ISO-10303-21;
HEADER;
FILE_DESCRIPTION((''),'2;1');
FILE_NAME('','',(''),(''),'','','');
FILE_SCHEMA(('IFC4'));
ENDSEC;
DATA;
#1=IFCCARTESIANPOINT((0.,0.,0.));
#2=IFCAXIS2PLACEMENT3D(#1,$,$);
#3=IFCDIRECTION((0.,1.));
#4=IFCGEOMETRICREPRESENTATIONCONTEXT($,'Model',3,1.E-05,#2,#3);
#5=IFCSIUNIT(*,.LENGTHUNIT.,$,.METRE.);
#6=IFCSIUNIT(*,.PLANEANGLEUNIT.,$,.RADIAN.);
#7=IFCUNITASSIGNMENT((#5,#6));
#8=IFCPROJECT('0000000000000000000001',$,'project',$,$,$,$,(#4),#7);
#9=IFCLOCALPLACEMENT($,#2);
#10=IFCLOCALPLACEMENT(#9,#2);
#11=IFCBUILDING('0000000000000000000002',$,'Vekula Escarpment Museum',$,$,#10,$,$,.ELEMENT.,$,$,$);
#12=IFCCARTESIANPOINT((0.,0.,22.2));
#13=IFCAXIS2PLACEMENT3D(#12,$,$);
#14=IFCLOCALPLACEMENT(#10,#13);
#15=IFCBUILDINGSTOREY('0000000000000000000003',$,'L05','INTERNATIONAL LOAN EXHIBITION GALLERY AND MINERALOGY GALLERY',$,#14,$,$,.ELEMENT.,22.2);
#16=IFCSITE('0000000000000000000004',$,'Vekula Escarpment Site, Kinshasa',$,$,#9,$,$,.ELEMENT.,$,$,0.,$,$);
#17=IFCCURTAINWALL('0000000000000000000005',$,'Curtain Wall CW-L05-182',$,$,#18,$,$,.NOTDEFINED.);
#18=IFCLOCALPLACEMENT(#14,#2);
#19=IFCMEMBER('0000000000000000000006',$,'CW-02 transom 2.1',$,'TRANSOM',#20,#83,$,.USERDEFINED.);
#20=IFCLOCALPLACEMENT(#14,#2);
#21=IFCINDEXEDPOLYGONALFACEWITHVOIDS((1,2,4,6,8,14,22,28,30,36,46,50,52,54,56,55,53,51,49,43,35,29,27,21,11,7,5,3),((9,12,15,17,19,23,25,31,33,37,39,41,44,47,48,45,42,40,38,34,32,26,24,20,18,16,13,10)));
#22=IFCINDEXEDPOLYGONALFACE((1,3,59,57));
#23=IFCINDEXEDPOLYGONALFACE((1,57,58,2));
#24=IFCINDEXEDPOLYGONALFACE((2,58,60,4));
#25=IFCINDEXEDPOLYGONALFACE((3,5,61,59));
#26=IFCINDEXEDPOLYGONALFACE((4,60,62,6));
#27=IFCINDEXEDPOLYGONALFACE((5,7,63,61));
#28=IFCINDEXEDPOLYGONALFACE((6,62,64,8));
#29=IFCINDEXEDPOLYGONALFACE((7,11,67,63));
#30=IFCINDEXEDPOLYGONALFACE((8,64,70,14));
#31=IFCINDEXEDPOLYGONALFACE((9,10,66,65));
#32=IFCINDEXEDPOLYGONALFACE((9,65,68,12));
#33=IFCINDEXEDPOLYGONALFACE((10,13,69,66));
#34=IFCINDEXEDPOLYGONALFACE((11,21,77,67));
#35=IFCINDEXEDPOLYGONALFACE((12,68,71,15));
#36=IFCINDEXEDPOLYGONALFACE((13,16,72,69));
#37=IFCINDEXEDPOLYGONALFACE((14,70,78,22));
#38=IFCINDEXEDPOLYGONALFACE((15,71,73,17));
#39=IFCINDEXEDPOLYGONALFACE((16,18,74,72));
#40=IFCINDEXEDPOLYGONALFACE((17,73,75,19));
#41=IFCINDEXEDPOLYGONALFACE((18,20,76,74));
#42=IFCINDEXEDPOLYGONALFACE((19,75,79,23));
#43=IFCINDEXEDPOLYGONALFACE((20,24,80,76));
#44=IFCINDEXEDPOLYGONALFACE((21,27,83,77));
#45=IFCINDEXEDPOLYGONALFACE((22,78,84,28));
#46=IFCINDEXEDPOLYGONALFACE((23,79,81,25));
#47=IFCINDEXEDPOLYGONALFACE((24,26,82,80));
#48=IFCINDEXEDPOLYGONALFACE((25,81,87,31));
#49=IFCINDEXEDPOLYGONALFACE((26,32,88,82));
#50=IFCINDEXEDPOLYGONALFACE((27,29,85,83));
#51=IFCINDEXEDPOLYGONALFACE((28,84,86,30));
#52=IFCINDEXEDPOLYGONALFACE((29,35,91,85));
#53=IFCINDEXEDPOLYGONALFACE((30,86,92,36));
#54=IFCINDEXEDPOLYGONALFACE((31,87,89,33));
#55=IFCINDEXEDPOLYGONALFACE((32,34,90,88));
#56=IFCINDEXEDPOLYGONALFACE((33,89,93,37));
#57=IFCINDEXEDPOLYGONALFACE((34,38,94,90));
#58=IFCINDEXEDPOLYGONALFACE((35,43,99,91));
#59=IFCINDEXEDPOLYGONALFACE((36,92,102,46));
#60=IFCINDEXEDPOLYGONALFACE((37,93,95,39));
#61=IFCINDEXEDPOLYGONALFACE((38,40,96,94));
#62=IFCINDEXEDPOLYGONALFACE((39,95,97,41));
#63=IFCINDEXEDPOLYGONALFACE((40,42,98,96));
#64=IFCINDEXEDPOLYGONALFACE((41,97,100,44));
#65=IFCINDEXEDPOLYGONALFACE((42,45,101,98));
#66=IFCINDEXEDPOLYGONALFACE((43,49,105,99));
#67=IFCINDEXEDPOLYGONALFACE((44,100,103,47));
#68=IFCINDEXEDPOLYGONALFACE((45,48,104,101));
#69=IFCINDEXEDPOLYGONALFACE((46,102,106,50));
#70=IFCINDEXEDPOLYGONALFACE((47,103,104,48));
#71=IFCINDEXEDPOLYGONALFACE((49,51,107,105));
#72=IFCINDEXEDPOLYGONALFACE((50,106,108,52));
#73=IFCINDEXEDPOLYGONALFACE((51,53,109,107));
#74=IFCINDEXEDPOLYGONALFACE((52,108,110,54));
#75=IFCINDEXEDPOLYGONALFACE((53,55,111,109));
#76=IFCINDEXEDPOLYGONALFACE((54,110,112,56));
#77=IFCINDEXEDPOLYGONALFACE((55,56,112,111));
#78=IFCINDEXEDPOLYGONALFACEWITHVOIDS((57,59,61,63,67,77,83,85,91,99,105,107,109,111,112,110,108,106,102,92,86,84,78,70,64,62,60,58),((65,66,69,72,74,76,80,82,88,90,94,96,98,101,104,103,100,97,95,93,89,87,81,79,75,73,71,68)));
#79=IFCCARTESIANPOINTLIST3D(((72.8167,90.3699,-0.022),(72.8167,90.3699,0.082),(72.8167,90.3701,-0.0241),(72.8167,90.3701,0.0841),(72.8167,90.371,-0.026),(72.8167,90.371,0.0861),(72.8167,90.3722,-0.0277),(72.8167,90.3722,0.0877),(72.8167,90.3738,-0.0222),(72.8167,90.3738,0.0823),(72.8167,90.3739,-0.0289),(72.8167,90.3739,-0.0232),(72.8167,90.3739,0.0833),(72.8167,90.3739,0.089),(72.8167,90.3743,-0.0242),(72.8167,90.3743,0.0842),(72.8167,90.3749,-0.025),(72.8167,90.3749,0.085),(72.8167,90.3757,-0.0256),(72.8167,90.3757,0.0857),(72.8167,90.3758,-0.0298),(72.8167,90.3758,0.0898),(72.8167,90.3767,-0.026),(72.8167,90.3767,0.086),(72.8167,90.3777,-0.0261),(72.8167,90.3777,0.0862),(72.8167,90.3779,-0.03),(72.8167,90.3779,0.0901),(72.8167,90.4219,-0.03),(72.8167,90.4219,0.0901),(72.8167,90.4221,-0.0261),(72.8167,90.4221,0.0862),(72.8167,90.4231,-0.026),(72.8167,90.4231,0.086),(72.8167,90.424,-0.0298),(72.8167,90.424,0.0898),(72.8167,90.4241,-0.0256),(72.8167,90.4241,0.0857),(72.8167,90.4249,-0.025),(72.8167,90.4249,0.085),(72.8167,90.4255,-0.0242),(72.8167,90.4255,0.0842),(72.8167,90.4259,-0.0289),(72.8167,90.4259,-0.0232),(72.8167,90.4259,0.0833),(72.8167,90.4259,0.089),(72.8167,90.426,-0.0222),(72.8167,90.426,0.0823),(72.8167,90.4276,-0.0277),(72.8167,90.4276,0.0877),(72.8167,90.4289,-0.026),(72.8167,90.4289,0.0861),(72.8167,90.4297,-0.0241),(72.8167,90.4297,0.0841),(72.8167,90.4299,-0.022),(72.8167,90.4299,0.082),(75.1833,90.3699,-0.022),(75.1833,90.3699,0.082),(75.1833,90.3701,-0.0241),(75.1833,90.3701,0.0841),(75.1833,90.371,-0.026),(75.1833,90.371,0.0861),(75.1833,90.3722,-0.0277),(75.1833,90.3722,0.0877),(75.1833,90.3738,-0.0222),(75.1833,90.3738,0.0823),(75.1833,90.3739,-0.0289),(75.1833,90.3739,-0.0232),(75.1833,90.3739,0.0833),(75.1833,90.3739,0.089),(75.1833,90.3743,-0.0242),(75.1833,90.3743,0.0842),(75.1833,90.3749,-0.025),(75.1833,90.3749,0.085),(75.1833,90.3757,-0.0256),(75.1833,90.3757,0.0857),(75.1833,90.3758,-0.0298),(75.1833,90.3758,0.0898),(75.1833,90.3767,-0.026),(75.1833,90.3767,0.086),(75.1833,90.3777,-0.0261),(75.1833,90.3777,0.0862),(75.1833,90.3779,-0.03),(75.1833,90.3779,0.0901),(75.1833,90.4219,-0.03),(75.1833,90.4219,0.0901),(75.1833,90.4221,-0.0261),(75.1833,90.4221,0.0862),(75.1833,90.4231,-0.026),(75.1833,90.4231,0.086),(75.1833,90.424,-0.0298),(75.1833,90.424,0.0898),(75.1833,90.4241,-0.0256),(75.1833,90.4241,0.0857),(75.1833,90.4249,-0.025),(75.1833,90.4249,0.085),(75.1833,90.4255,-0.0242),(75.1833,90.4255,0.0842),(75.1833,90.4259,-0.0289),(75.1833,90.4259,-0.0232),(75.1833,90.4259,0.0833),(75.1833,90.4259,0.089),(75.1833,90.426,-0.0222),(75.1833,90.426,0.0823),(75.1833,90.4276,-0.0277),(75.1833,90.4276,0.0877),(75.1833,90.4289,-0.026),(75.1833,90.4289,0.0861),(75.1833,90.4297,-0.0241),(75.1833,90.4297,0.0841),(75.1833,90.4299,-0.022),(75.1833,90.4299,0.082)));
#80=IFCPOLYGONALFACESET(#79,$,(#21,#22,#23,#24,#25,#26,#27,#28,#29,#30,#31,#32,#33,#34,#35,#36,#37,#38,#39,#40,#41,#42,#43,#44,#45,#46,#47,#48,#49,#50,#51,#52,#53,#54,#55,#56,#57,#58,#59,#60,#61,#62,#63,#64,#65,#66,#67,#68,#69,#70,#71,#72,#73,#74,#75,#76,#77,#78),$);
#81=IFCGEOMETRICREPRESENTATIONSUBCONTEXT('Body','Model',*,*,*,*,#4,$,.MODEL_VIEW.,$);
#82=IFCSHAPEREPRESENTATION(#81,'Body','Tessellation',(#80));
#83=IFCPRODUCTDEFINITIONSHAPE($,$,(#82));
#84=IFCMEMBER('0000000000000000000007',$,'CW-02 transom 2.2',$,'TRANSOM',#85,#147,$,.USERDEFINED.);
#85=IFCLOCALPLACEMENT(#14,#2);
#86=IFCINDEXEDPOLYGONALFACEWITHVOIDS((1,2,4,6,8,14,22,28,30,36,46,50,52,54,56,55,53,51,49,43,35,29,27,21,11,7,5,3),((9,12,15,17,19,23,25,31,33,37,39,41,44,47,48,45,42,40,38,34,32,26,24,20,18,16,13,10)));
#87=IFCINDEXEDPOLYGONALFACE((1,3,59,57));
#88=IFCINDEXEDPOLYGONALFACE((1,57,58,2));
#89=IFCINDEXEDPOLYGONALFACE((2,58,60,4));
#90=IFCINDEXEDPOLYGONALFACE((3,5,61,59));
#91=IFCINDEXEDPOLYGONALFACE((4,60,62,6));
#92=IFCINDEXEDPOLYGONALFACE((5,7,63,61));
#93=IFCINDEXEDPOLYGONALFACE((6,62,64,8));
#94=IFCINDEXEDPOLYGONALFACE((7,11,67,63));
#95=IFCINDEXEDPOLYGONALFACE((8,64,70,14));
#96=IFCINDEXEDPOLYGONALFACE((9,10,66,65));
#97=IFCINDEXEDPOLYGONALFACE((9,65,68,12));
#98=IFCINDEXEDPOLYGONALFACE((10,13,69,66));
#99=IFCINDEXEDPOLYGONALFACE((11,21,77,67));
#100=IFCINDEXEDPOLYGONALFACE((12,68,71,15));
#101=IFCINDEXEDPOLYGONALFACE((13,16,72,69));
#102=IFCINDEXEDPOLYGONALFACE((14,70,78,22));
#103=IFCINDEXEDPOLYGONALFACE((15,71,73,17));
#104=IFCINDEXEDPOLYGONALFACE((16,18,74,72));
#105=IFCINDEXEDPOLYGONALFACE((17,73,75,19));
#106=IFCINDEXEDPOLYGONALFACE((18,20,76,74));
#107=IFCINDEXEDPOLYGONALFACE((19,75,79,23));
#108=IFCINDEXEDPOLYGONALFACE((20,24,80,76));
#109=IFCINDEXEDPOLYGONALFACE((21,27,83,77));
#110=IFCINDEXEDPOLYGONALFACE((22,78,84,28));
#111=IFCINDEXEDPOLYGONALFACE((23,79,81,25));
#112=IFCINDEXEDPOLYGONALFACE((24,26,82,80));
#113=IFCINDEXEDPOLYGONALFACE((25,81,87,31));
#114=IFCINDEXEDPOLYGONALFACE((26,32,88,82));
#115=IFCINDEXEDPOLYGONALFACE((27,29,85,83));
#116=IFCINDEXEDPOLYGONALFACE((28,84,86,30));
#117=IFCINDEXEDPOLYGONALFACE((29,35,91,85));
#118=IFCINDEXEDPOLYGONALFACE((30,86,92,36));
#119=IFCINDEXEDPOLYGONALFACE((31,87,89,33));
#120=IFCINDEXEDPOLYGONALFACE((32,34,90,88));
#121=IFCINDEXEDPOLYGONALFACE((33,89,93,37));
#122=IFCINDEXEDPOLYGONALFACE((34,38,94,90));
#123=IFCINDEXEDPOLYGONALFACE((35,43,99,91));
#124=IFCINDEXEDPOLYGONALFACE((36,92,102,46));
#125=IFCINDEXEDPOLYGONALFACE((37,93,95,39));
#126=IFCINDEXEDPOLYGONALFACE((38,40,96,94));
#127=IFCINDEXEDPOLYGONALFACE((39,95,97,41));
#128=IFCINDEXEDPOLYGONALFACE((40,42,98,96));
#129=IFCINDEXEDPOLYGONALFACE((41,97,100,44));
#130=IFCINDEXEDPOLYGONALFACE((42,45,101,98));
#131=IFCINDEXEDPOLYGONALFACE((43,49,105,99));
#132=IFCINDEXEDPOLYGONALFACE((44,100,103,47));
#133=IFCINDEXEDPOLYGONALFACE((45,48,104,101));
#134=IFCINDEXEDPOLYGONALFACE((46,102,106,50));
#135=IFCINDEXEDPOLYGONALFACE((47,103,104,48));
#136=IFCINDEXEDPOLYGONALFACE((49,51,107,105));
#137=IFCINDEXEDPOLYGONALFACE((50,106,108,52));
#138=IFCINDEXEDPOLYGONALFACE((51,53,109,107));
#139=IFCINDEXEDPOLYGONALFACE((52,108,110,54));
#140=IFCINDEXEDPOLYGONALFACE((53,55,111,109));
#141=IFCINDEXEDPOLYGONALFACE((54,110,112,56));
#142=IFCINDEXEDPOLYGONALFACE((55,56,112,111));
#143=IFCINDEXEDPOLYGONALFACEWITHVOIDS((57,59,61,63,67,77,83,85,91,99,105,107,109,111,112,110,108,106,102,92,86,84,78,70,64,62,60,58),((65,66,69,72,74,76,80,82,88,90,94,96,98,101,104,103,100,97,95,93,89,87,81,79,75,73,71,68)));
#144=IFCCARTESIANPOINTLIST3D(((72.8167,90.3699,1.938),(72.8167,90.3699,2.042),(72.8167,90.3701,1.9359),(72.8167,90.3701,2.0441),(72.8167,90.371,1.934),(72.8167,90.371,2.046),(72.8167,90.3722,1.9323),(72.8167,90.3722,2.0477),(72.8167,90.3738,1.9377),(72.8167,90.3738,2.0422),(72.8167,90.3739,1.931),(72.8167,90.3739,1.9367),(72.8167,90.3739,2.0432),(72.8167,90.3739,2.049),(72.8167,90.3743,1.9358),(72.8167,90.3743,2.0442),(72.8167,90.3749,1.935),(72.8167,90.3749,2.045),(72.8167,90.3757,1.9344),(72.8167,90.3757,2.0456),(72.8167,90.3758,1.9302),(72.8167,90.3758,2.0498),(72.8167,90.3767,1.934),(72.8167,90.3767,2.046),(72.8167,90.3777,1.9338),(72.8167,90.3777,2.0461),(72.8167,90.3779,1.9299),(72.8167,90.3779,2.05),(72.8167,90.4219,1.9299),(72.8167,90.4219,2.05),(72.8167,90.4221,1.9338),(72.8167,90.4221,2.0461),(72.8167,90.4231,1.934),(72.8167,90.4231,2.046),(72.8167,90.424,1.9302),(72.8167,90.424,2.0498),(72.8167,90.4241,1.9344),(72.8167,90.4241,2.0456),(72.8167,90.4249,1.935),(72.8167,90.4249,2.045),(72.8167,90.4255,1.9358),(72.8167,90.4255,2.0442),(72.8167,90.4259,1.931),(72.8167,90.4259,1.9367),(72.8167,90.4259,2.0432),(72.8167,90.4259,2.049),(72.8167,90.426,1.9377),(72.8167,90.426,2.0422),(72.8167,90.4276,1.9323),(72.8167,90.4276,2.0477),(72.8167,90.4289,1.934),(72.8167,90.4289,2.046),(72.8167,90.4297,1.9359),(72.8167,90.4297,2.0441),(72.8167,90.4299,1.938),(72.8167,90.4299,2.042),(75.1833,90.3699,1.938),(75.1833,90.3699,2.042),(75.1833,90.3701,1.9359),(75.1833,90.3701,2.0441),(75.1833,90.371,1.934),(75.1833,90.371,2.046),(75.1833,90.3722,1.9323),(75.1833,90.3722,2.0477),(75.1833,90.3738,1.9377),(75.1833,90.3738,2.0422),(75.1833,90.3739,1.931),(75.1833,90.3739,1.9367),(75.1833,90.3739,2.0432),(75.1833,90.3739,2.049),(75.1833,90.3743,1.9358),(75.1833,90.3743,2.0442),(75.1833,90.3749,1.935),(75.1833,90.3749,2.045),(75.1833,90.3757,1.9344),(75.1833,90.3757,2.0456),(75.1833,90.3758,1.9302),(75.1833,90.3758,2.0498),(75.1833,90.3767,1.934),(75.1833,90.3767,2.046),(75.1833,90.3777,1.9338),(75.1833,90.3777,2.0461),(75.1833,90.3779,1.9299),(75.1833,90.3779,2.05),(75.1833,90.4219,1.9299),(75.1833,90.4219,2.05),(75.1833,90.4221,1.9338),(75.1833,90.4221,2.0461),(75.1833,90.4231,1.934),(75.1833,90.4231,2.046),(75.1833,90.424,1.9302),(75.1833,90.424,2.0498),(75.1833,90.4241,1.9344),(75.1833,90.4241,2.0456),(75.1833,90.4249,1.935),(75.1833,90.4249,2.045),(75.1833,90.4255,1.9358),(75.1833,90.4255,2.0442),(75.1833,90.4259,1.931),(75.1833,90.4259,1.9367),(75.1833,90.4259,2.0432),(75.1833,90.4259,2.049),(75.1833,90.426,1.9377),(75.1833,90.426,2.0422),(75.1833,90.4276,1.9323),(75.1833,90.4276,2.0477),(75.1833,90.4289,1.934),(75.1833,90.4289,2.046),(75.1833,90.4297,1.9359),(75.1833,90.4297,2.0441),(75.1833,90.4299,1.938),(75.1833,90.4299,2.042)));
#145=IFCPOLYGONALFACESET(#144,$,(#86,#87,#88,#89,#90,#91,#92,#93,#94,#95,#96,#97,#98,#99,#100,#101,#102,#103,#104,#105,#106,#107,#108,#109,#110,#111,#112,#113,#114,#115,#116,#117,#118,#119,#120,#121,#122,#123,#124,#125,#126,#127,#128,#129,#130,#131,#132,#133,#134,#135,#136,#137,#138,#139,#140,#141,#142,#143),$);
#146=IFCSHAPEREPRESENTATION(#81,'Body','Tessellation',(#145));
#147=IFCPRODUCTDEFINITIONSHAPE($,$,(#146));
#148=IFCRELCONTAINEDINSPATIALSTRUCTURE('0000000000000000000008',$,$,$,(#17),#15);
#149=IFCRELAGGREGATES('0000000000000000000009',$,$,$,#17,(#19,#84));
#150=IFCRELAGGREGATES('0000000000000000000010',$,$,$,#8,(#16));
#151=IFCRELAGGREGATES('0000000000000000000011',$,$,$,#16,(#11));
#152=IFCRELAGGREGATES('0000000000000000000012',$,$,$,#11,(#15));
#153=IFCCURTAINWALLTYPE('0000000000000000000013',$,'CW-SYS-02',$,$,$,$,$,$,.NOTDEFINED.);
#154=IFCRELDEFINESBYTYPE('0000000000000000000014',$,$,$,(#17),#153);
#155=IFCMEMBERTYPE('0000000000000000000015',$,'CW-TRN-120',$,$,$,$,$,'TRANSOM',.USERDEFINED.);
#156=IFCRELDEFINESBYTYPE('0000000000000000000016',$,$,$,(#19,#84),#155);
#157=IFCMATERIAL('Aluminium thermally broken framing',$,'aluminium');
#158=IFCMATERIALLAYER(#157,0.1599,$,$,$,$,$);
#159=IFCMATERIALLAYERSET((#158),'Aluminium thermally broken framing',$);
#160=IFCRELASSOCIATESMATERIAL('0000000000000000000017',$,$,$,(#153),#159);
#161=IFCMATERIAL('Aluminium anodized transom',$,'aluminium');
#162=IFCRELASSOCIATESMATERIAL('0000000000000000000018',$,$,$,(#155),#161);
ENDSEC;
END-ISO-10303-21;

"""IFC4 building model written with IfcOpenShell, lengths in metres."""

from ifc_helpers import new_model, si_unit, direction, frame, origin, origin_2d, place, context, subcontext, project, spatial, hollow_rectangle, extrude, material, layer, layer_set, material_profile, profile_set, type_object, element, aggregate, save


model = new_model("IFC4")

# Units and contexts
model_context = context("Model", 3, precision=1e-05, world=origin(), true_north=direction((0.0, 1.0)))
body_context = subcontext(model_context, "Body", "Model", "MODEL_VIEW")
ifc_project = project(units=[si_unit("LENGTHUNIT", "METRE"), si_unit("PLANEANGLEUNIT", "RADIAN")], contexts=[model_context])

# Site, building, storey
site_placement = place(None, origin())
site = spatial("IfcSite", under=ifc_project, at=site_placement, Name="Vekula Escarpment Site, Kinshasa", CompositionType="ELEMENT", RefElevation=0.0)
building_placement = place(site_placement, origin())
building = spatial("IfcBuilding", under=site, at=building_placement, Name="Vekula Escarpment Museum", CompositionType="ELEMENT")
storey_placement = place(building_placement, frame((0.0, 0.0, 22.2)))
storey = spatial("IfcBuildingStorey", under=building, at=storey_placement, Name="L05", Description="INTERNATIONAL LOAN EXHIBITION GALLERY AND MINERALOGY GALLERY", CompositionType="ELEMENT", Elevation=22.2)

# Curtain wall, members
ifc_material_1 = material(Name="Aluminium thermally broken framing", Category="aluminium")
ifc_layer_1 = layer(ifc_material_1, 0.1599)
ifc_layer_set_1 = layer_set([ifc_layer_1], Name="Aluminium thermally broken framing")
curtain_wall_type = type_object("IfcCurtainWallType", Name="CW-SYS-02", PredefinedType="NOTDEFINED", material=ifc_layer_set_1)
curtain_wall_placement = place(storey_placement, origin())
curtain_wall = element("IfcCurtainWall", 1, at=curtain_wall_placement, inside=storey, type_object=curtain_wall_type, Name="Curtain Wall CW-L05-182", PredefinedType="NOTDEFINED")
ifc_material_2 = material(Name="Aluminium anodized transom", Category="aluminium")
ifc_material_profile_1 = material_profile(ifc_material_2, hollow_rectangle(XDim=0.0601, YDim=0.1201, WallThickness=0.0039, InnerFilletRadius=0.0039, OuterFilletRadius=0.0081, at=origin_2d()), Name="ALU 120x60x4")
ifc_profile_set_1 = profile_set([ifc_material_profile_1], Name="Aluminium anodized transom")
member_type_1 = type_object("IfcMemberType", Name="CW-TRN-120", ElementType="TRANSOM", PredefinedType="USERDEFINED", material=ifc_profile_set_1)
member_1_placement = place(storey_placement, frame((75.1833, 90.3999, 0.03), z_axis=(-1.0, 0.0, 0.0), x_axis=(0.0, -1.0, 0.0)))
member_1 = element("IfcMember", 2, at=member_1_placement, type_object=member_type_1, Name="CW-02 transom 2.1", ObjectType="TRANSOM", PredefinedType="USERDEFINED", context=body_context, shape_type="SweptSolid", body=[
    extrude(hollow_rectangle(XDim=0.0601, YDim=0.1201, WallThickness=0.0039, InnerFilletRadius=0.0039, OuterFilletRadius=0.0081, at=origin_2d()), origin(), (0.0, 0.0, 1.0), 2.3667),
])
member_2_placement = place(storey_placement, frame((75.1833, 90.3999, 1.99), z_axis=(-1.0, 0.0, 0.0), x_axis=(0.0, -1.0, 0.0)))
member_2 = element("IfcMember", 3, at=member_2_placement, type_object=member_type_1, Name="CW-02 transom 2.2", ObjectType="TRANSOM", PredefinedType="USERDEFINED", context=body_context, shape_type="SweptSolid", body=[
    extrude(hollow_rectangle(XDim=0.0601, YDim=0.1201, WallThickness=0.0039, InnerFilletRadius=0.0039, OuterFilletRadius=0.0081, at=origin_2d()), origin(), (0.0, 0.0, 1.0), 2.3667),
])
aggregate(curtain_wall, [member_1, member_2])

save(model, "model.ifc")
